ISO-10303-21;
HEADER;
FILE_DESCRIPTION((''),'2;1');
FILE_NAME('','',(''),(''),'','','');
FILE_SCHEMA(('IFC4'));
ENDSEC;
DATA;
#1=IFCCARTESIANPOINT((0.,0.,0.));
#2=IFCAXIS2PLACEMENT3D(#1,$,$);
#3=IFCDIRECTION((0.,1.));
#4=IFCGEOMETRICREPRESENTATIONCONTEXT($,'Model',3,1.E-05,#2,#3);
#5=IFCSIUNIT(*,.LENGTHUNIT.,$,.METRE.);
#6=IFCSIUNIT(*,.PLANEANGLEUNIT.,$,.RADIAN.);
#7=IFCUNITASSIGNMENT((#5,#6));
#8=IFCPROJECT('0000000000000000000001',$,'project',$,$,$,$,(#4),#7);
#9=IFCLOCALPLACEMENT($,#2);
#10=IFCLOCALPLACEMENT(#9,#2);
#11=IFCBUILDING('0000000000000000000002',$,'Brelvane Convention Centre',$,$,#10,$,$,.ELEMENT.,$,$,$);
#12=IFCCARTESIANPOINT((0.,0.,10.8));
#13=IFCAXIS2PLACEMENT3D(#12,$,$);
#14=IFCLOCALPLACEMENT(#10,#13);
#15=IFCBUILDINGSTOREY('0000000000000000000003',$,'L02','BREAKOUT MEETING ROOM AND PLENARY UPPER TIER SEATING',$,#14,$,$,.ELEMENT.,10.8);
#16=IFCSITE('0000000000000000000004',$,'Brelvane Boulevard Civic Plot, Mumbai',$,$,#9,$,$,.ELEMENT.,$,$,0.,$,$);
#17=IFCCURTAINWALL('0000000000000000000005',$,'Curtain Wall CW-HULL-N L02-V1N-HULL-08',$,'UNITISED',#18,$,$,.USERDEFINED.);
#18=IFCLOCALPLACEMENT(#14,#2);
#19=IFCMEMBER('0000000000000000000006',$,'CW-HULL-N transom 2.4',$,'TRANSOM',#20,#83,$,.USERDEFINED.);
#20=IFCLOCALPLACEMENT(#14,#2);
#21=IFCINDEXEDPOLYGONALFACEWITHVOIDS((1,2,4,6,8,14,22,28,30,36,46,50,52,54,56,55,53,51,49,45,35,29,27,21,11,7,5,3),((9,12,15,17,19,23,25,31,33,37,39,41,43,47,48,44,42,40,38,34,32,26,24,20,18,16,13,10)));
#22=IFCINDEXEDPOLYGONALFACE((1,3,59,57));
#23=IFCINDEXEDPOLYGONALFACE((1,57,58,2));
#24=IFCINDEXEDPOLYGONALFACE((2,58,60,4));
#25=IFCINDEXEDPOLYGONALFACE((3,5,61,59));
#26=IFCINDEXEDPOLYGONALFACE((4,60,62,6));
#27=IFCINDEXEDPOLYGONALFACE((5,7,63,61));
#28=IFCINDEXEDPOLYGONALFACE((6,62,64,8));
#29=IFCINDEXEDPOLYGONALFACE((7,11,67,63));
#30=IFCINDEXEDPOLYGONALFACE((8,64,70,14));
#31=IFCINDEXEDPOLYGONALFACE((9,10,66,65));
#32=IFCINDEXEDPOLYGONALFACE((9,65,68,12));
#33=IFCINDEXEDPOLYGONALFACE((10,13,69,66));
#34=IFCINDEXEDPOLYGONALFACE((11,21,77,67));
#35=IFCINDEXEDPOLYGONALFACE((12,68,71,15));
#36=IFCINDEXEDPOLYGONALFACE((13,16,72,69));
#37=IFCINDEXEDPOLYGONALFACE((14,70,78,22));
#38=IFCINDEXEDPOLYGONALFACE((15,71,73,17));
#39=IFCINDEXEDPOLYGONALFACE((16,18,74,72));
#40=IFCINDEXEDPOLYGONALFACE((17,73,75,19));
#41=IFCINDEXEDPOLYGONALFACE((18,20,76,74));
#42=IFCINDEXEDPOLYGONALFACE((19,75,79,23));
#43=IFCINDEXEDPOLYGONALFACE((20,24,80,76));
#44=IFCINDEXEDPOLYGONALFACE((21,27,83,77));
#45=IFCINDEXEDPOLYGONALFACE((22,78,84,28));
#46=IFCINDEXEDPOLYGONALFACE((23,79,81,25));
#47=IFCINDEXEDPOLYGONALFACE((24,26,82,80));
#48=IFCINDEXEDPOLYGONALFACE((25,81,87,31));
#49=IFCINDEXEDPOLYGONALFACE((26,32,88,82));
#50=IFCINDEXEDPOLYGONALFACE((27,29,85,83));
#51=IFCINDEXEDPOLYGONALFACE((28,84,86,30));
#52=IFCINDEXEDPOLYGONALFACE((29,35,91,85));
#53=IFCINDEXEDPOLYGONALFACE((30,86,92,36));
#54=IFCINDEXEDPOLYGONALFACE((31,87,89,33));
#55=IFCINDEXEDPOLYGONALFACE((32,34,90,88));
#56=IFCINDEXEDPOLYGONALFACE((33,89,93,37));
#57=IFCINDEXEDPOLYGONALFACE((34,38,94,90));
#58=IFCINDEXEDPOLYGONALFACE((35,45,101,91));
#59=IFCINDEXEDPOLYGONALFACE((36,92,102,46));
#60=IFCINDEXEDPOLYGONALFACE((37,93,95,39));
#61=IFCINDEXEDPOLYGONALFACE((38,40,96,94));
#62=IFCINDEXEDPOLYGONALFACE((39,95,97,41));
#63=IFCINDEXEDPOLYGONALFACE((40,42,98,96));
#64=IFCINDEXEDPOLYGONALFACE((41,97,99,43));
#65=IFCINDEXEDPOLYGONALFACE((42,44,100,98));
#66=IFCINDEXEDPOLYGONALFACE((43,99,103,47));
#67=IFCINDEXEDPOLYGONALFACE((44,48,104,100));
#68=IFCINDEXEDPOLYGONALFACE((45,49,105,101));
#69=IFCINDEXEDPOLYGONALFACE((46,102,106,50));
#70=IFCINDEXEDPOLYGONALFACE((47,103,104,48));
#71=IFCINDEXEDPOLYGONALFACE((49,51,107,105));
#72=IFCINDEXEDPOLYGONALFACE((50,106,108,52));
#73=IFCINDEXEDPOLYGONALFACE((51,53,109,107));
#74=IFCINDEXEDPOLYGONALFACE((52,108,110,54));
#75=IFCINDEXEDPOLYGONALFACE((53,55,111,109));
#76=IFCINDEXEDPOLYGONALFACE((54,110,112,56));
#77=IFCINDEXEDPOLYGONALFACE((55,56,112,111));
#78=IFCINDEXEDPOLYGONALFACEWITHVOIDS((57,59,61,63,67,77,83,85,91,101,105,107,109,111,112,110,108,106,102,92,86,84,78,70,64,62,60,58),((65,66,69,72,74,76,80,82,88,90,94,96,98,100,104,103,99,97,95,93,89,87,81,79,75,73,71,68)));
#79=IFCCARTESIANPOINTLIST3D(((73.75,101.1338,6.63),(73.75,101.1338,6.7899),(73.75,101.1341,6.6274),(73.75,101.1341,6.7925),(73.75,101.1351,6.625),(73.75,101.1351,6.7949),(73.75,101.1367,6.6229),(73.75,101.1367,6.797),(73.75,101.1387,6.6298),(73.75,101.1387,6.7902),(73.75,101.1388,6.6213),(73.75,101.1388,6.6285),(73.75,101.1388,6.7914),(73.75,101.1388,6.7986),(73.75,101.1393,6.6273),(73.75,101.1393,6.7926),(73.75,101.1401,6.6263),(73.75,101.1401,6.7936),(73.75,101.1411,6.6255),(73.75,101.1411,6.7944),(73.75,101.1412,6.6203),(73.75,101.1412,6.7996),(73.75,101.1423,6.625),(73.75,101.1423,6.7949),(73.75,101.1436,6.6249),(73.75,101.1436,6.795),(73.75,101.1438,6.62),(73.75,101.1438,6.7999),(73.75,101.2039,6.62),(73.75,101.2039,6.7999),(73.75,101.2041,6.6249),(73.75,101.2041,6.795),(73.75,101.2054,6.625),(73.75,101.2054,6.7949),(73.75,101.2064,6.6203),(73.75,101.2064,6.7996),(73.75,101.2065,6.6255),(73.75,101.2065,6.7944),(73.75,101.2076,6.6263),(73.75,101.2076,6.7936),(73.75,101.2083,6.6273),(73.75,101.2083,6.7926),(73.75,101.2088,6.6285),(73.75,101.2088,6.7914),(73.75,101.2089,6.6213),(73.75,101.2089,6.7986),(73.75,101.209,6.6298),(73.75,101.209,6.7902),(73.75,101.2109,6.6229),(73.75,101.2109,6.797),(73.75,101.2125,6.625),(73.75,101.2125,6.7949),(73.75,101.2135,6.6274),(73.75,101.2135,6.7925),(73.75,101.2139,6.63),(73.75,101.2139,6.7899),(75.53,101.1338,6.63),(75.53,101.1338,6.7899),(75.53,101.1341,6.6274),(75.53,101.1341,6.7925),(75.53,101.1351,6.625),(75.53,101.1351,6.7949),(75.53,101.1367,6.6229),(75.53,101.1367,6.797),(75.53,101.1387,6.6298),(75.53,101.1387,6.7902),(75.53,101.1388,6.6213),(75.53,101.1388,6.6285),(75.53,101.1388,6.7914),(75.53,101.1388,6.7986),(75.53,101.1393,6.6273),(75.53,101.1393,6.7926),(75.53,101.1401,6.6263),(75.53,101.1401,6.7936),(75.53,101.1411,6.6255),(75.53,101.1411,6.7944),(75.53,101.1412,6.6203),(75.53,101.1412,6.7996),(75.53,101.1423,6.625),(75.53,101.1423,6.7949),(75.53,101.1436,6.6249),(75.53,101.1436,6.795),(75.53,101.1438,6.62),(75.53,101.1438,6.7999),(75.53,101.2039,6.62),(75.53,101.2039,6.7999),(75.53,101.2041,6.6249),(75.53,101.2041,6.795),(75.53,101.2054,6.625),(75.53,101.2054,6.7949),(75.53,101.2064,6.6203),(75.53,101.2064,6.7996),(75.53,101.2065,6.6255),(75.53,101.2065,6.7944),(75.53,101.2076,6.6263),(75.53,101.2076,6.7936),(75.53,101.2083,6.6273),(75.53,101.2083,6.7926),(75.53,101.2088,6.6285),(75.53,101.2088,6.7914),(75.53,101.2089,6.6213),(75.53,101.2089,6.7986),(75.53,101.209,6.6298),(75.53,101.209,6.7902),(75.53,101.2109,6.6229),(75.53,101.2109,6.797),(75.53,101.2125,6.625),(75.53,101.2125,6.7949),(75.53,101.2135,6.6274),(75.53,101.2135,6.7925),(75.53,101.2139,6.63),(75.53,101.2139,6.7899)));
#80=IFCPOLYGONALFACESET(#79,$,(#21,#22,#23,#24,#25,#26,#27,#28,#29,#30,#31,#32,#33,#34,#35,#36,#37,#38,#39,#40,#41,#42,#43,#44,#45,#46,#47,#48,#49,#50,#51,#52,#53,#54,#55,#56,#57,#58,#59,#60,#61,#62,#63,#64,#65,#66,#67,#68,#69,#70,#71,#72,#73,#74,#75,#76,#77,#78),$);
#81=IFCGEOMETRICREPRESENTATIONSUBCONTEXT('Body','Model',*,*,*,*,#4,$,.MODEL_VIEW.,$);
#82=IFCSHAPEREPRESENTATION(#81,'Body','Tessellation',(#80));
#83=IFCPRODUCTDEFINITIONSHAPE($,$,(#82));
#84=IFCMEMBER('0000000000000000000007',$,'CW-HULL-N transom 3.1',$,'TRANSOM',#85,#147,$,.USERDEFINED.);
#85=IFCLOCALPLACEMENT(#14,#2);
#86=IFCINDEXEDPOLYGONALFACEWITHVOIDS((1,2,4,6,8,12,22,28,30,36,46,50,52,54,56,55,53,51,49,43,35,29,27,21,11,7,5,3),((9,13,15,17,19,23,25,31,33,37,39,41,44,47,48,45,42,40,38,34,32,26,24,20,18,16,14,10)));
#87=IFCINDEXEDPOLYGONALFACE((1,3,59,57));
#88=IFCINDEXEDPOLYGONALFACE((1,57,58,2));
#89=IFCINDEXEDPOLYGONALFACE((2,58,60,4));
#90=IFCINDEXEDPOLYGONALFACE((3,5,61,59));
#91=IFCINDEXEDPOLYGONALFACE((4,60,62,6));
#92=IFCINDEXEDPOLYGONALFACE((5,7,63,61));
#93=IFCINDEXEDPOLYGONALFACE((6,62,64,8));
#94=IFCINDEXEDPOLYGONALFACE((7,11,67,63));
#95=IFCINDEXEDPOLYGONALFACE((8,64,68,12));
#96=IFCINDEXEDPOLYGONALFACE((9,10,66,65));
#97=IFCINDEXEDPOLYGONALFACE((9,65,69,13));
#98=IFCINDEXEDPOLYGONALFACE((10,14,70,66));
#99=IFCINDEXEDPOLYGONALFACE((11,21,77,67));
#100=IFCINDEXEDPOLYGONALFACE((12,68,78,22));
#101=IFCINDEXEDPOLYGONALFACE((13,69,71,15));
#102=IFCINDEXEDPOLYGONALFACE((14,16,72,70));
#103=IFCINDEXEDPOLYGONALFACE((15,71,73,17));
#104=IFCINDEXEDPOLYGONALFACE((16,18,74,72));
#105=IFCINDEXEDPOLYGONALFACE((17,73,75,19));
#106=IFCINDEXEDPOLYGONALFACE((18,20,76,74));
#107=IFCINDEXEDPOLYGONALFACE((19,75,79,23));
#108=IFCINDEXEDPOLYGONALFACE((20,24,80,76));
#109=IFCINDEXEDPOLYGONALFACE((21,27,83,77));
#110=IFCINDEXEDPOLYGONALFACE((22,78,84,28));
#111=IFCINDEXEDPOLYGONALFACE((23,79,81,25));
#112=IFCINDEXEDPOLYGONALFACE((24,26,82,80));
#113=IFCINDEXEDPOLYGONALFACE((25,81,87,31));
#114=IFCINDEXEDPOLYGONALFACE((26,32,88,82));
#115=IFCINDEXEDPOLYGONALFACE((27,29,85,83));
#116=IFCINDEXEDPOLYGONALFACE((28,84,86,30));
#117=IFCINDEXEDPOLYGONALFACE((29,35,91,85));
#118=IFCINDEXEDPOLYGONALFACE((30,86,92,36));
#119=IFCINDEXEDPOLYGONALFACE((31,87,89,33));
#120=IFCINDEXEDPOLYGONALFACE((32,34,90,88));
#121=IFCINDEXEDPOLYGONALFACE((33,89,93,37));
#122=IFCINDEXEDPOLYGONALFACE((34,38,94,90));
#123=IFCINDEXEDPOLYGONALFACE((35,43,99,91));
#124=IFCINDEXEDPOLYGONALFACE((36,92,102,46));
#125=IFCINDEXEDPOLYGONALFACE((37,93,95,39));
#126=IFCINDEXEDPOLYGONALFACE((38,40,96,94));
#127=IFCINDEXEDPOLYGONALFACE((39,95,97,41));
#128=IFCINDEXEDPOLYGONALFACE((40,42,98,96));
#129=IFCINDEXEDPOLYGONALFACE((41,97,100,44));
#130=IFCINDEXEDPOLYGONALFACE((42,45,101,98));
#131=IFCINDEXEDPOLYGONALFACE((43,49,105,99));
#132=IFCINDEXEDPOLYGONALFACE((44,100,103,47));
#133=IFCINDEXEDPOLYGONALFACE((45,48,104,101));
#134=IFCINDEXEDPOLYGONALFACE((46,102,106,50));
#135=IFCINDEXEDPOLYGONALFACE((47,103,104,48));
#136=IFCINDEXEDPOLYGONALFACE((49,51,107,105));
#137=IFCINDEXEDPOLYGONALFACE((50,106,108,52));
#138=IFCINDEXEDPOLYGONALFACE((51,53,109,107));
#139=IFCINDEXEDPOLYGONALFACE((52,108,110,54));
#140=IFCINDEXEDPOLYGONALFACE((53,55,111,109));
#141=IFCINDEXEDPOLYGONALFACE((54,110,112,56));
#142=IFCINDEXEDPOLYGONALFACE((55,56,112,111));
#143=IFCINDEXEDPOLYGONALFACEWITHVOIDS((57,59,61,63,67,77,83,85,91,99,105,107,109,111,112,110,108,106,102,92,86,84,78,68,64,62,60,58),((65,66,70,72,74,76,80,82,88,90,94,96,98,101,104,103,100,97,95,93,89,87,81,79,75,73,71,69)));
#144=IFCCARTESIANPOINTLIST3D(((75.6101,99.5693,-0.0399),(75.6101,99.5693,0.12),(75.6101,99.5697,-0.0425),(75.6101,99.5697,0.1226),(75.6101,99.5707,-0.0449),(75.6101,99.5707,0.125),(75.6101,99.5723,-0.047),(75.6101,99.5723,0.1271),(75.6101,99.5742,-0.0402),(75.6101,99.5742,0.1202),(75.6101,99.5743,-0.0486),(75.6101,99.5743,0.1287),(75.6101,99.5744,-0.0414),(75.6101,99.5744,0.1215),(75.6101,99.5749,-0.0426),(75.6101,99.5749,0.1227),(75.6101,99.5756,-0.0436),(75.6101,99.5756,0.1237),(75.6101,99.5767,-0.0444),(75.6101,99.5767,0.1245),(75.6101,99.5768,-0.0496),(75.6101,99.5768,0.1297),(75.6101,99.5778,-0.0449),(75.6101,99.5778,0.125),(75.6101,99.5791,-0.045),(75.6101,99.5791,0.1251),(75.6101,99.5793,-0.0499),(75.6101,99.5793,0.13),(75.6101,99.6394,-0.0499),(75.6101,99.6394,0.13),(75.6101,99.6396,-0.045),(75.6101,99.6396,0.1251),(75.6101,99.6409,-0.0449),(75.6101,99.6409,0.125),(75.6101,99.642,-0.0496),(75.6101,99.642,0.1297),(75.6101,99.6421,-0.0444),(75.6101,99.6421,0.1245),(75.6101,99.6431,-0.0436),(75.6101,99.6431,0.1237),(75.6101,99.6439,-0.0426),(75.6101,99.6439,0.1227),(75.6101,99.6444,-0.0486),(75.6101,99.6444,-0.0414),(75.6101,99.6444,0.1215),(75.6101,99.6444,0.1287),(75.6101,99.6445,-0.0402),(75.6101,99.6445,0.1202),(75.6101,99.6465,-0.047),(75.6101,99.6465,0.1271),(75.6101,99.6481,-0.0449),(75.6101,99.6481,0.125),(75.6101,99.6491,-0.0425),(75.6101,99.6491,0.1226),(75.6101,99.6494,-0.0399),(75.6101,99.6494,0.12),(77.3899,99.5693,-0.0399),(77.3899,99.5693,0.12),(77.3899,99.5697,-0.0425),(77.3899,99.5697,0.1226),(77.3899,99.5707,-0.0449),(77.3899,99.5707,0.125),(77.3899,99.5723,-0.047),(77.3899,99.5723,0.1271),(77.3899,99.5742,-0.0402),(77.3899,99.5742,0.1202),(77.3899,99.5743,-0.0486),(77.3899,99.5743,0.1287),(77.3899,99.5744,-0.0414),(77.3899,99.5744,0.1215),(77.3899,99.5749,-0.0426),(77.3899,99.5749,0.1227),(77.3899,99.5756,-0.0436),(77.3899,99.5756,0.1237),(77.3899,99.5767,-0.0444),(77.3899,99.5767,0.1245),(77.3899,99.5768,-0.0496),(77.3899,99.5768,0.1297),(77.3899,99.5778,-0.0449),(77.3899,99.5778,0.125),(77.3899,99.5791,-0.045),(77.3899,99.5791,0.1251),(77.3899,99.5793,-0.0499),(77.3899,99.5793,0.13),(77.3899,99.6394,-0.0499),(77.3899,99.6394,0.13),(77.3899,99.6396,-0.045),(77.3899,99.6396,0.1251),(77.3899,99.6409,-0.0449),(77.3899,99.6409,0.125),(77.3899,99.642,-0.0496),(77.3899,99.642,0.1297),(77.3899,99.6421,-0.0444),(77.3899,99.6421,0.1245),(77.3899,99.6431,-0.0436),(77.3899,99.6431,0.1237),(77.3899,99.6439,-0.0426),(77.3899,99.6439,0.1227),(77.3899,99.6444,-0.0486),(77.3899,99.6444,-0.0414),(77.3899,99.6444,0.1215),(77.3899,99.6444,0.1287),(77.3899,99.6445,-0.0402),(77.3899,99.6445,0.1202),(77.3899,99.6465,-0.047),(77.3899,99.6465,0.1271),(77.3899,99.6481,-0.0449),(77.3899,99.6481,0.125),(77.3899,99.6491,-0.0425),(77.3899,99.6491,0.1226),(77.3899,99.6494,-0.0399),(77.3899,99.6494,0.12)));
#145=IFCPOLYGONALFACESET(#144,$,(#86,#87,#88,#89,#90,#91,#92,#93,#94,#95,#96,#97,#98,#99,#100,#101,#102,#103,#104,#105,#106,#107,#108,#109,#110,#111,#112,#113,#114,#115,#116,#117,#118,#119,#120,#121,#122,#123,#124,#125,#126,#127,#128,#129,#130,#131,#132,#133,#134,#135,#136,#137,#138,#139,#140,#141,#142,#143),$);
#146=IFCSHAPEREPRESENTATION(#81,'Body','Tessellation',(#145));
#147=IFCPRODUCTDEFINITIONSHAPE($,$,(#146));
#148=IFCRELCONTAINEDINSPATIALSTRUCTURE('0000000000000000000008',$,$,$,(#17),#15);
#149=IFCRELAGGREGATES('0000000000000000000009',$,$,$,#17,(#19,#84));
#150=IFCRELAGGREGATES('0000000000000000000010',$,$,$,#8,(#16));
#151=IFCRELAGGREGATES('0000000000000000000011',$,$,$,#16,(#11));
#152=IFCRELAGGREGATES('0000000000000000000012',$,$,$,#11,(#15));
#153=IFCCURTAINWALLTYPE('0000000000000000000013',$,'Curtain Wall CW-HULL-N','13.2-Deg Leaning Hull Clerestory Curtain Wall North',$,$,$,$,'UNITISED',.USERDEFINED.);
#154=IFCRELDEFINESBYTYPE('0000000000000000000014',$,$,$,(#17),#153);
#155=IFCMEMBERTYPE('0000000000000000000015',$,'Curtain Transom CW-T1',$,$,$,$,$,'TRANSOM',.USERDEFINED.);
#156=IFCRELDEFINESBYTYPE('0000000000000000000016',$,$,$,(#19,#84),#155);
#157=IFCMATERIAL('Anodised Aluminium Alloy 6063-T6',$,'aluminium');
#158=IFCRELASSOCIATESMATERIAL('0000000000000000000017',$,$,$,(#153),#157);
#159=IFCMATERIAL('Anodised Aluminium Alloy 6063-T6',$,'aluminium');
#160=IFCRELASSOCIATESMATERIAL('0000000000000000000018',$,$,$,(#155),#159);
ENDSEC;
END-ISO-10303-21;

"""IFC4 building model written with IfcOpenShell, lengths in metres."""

from ifc_helpers import new_model, si_unit, direction, frame, origin, origin_2d, place, context, subcontext, project, spatial, hollow_rectangle, extrude, material, material_profile, profile_set, type_object, element, aggregate, save


model = new_model("IFC4")

# Units and contexts
model_context = context("Model", 3, precision=1e-05, world=origin(), true_north=direction((0.0, 1.0)))
body_context = subcontext(model_context, "Body", "Model", "MODEL_VIEW")
ifc_project = project(units=[si_unit("LENGTHUNIT", "METRE"), si_unit("PLANEANGLEUNIT", "RADIAN")], contexts=[model_context])

# Site, building, storey
site_placement = place(None, origin())
site = spatial("IfcSite", under=ifc_project, at=site_placement, Name="Brelvane Boulevard Civic Plot, Mumbai", CompositionType="ELEMENT", RefElevation=0.0)
building_placement = place(site_placement, origin())
building = spatial("IfcBuilding", under=site, at=building_placement, Name="Brelvane Convention Centre", CompositionType="ELEMENT")
storey_placement = place(building_placement, frame((0.0, 0.0, 10.8)))
storey = spatial("IfcBuildingStorey", under=building, at=storey_placement, Name="L02", Description="BREAKOUT MEETING ROOM AND PLENARY UPPER TIER SEATING", CompositionType="ELEMENT", Elevation=10.8)

# Shared definitions
ifc_material_1 = material(Name="Anodised Aluminium Alloy 6063-T6", Category="aluminium")
curtain_wall_type = type_object("IfcCurtainWallType", Name="Curtain Wall CW-HULL-N", Description="13.2-Deg Leaning Hull Clerestory Curtain Wall North", ElementType="UNITISED", PredefinedType="USERDEFINED", material=ifc_material_1)

# Curtain wall
curtain_wall_1_placement = place(storey_placement, origin())
curtain_wall_1 = element("IfcCurtainWall", 1, at=curtain_wall_1_placement, inside=storey, type_object=curtain_wall_type, Name="Curtain Wall CW-HULL-N L02-V1N-HULL-08", ObjectType="UNITISED", PredefinedType="USERDEFINED")

# Members
ifc_material_2 = material(Name="Anodised Aluminium Alloy 6063-T6", Category="aluminium")
ifc_material_profile_1 = material_profile(ifc_material_2, hollow_rectangle(XDim=0.0801, YDim=0.1799, WallThickness=0.0049, InnerFilletRadius=0.0049, OuterFilletRadius=0.01, at=origin_2d()), Name="ALU-T 180x80x5.0")
ifc_profile_set_1 = profile_set([ifc_material_profile_1], Name="Anodised Aluminium Alloy 6063-T6")
member_type_1 = type_object("IfcMemberType", Name="Curtain Transom CW-T1", ElementType="TRANSOM", PredefinedType="USERDEFINED", material=ifc_profile_set_1)
member_1_placement = place(storey_placement, frame((73.75, 101.1738, 6.71), z_axis=(1.0, 0.0, 0.0), x_axis=(0.0, 1.0, 0.0)))
member_1 = element("IfcMember", 2, at=member_1_placement, type_object=member_type_1, Name="CW-HULL-N transom 2.4", ObjectType="TRANSOM", PredefinedType="USERDEFINED", context=body_context, shape_type="SweptSolid", body=[
    extrude(hollow_rectangle(XDim=0.0801, YDim=0.1799, WallThickness=0.0049, InnerFilletRadius=0.0049, OuterFilletRadius=0.01, at=origin_2d()), origin(), (0.0, 0.0, 1.0), 1.78),
])
member_2_placement = place(storey_placement, frame((75.6101, 99.6094, 0.04), z_axis=(1.0, 0.0, 0.0), x_axis=(0.0, 1.0, 0.0)))
member_2 = element("IfcMember", 3, at=member_2_placement, type_object=member_type_1, Name="CW-HULL-N transom 3.1", ObjectType="TRANSOM", PredefinedType="USERDEFINED", context=body_context, shape_type="SweptSolid", body=[
    extrude(hollow_rectangle(XDim=0.0801, YDim=0.1799, WallThickness=0.0049, InnerFilletRadius=0.0049, OuterFilletRadius=0.01, at=origin_2d()), origin(), (0.0, 0.0, 1.0), 1.7798),
])

aggregate(curtain_wall_1, [member_1, member_2])

save(model, "model.ifc")
